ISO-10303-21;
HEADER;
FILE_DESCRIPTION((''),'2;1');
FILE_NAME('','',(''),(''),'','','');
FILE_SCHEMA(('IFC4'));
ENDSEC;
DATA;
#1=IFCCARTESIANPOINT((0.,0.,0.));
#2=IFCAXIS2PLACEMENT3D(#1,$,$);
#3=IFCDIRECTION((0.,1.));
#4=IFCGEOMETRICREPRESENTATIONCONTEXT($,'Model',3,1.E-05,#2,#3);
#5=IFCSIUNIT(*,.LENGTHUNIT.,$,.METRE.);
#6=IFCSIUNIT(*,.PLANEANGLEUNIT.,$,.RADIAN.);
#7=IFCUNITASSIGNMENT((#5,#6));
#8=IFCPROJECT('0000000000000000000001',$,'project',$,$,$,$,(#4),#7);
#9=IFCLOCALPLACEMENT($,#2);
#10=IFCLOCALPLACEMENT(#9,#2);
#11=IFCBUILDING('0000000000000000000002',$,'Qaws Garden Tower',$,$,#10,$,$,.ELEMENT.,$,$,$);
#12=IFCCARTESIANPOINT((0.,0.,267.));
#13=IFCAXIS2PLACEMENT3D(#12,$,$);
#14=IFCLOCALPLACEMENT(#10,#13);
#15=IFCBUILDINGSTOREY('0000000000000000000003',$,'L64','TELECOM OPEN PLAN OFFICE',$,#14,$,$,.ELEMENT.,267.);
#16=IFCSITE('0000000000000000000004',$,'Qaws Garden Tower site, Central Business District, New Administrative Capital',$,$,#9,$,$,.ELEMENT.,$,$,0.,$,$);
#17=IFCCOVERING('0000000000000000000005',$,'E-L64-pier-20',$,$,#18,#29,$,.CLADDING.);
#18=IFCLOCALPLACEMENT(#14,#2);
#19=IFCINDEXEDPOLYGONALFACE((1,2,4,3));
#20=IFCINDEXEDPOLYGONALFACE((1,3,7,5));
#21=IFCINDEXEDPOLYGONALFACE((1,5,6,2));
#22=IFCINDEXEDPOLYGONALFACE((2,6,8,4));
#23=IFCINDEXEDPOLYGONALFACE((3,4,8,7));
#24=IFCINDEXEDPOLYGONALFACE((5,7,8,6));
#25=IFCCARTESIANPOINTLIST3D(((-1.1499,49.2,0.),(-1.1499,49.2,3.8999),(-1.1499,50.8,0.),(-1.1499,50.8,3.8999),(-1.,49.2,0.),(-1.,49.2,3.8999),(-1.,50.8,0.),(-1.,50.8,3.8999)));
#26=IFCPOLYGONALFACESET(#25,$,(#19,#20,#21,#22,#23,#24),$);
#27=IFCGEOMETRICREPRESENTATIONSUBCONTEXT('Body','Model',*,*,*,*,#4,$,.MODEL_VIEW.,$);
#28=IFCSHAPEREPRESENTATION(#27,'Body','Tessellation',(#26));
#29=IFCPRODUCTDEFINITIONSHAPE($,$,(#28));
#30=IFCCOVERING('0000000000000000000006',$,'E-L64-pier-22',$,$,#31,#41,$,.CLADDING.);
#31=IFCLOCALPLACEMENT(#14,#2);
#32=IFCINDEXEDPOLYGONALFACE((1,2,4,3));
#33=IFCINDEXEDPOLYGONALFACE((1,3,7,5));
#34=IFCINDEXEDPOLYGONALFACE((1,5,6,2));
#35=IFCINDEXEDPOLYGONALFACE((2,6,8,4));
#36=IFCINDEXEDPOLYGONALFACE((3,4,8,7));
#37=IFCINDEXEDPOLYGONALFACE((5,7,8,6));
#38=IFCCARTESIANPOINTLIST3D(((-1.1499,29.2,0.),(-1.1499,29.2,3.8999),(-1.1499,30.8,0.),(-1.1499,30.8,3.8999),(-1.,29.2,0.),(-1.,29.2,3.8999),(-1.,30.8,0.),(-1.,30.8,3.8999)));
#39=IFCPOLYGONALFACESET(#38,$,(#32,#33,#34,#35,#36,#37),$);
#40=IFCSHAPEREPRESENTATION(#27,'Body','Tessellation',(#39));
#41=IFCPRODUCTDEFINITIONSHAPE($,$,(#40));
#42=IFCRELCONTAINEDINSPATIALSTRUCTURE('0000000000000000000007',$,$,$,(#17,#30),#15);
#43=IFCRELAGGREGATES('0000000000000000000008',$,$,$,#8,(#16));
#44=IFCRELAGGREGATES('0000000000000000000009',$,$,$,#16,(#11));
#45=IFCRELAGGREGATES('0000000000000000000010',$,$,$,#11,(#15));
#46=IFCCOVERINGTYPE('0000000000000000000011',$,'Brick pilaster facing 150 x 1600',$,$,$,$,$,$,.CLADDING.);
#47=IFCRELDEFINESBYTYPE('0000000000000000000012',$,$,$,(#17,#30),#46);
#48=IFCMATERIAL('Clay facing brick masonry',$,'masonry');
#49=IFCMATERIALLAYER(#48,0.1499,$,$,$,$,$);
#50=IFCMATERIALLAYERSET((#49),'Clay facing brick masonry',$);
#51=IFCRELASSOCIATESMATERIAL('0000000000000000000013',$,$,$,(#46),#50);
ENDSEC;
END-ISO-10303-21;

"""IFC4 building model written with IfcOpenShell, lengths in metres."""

from ifc_helpers import new_model, si_unit, direction, frame, origin, place, context, subcontext, project, spatial, polyline, outline, extrude, material, layer, layer_set, type_object, element, save


model = new_model("IFC4")

# Units and contexts
model_context = context("Model", 3, precision=1e-05, world=origin(), true_north=direction((0.0, 1.0)))
body_context = subcontext(model_context, "Body", "Model", "MODEL_VIEW")
ifc_project = project(units=[si_unit("LENGTHUNIT", "METRE"), si_unit("PLANEANGLEUNIT", "RADIAN")], contexts=[model_context])

# Site, building, storey
site_placement = place(None, origin())
site = spatial("IfcSite", under=ifc_project, at=site_placement, Name="Qaws Garden Tower site, Central Business District, New Administrative Capital", CompositionType="ELEMENT", RefElevation=0.0)
building_placement = place(site_placement, origin())
building = spatial("IfcBuilding", under=site, at=building_placement, Name="Qaws Garden Tower", CompositionType="ELEMENT")
storey_placement = place(building_placement, frame((0.0, 0.0, 267.0)))
storey = spatial("IfcBuildingStorey", under=building, at=storey_placement, Name="L64", Description="TELECOM OPEN PLAN OFFICE", CompositionType="ELEMENT", Elevation=267.0)

# Shared definitions
placement = place(storey_placement, origin())

# Coverings
ifc_material_1 = material(Name="Clay facing brick masonry", Category="masonry")
ifc_layer_1 = layer(ifc_material_1, 0.1499)
ifc_layer_set_1 = layer_set([ifc_layer_1], Name="Clay facing brick masonry")
covering_type = type_object("IfcCoveringType", Name="Brick pilaster facing 150 x 1600", PredefinedType="CLADDING", material=ifc_layer_set_1)
element("IfcCovering", 1, at=placement, inside=storey, type_object=covering_type, Name="E-L64-pier-20", PredefinedType="CLADDING", context=body_context, shape_type="SweptSolid", body=[
    extrude(outline(polyline([(-1.0, 50.8), (-1.0, 49.2), (-1.1499, 49.2), (-1.1499, 50.8), (-1.0, 50.8)])), origin(), (0.0, 0.0, 1.0), 3.8999),
])
element("IfcCovering", 2, at=placement, inside=storey, type_object=covering_type, Name="E-L64-pier-22", PredefinedType="CLADDING", context=body_context, shape_type="SweptSolid", body=[
    extrude(outline(polyline([(-1.0, 30.8), (-1.0, 29.2), (-1.1499, 29.2), (-1.1499, 30.8), (-1.0, 30.8)])), origin(), (0.0, 0.0, 1.0), 3.8999),
])

save(model, "model.ifc")
